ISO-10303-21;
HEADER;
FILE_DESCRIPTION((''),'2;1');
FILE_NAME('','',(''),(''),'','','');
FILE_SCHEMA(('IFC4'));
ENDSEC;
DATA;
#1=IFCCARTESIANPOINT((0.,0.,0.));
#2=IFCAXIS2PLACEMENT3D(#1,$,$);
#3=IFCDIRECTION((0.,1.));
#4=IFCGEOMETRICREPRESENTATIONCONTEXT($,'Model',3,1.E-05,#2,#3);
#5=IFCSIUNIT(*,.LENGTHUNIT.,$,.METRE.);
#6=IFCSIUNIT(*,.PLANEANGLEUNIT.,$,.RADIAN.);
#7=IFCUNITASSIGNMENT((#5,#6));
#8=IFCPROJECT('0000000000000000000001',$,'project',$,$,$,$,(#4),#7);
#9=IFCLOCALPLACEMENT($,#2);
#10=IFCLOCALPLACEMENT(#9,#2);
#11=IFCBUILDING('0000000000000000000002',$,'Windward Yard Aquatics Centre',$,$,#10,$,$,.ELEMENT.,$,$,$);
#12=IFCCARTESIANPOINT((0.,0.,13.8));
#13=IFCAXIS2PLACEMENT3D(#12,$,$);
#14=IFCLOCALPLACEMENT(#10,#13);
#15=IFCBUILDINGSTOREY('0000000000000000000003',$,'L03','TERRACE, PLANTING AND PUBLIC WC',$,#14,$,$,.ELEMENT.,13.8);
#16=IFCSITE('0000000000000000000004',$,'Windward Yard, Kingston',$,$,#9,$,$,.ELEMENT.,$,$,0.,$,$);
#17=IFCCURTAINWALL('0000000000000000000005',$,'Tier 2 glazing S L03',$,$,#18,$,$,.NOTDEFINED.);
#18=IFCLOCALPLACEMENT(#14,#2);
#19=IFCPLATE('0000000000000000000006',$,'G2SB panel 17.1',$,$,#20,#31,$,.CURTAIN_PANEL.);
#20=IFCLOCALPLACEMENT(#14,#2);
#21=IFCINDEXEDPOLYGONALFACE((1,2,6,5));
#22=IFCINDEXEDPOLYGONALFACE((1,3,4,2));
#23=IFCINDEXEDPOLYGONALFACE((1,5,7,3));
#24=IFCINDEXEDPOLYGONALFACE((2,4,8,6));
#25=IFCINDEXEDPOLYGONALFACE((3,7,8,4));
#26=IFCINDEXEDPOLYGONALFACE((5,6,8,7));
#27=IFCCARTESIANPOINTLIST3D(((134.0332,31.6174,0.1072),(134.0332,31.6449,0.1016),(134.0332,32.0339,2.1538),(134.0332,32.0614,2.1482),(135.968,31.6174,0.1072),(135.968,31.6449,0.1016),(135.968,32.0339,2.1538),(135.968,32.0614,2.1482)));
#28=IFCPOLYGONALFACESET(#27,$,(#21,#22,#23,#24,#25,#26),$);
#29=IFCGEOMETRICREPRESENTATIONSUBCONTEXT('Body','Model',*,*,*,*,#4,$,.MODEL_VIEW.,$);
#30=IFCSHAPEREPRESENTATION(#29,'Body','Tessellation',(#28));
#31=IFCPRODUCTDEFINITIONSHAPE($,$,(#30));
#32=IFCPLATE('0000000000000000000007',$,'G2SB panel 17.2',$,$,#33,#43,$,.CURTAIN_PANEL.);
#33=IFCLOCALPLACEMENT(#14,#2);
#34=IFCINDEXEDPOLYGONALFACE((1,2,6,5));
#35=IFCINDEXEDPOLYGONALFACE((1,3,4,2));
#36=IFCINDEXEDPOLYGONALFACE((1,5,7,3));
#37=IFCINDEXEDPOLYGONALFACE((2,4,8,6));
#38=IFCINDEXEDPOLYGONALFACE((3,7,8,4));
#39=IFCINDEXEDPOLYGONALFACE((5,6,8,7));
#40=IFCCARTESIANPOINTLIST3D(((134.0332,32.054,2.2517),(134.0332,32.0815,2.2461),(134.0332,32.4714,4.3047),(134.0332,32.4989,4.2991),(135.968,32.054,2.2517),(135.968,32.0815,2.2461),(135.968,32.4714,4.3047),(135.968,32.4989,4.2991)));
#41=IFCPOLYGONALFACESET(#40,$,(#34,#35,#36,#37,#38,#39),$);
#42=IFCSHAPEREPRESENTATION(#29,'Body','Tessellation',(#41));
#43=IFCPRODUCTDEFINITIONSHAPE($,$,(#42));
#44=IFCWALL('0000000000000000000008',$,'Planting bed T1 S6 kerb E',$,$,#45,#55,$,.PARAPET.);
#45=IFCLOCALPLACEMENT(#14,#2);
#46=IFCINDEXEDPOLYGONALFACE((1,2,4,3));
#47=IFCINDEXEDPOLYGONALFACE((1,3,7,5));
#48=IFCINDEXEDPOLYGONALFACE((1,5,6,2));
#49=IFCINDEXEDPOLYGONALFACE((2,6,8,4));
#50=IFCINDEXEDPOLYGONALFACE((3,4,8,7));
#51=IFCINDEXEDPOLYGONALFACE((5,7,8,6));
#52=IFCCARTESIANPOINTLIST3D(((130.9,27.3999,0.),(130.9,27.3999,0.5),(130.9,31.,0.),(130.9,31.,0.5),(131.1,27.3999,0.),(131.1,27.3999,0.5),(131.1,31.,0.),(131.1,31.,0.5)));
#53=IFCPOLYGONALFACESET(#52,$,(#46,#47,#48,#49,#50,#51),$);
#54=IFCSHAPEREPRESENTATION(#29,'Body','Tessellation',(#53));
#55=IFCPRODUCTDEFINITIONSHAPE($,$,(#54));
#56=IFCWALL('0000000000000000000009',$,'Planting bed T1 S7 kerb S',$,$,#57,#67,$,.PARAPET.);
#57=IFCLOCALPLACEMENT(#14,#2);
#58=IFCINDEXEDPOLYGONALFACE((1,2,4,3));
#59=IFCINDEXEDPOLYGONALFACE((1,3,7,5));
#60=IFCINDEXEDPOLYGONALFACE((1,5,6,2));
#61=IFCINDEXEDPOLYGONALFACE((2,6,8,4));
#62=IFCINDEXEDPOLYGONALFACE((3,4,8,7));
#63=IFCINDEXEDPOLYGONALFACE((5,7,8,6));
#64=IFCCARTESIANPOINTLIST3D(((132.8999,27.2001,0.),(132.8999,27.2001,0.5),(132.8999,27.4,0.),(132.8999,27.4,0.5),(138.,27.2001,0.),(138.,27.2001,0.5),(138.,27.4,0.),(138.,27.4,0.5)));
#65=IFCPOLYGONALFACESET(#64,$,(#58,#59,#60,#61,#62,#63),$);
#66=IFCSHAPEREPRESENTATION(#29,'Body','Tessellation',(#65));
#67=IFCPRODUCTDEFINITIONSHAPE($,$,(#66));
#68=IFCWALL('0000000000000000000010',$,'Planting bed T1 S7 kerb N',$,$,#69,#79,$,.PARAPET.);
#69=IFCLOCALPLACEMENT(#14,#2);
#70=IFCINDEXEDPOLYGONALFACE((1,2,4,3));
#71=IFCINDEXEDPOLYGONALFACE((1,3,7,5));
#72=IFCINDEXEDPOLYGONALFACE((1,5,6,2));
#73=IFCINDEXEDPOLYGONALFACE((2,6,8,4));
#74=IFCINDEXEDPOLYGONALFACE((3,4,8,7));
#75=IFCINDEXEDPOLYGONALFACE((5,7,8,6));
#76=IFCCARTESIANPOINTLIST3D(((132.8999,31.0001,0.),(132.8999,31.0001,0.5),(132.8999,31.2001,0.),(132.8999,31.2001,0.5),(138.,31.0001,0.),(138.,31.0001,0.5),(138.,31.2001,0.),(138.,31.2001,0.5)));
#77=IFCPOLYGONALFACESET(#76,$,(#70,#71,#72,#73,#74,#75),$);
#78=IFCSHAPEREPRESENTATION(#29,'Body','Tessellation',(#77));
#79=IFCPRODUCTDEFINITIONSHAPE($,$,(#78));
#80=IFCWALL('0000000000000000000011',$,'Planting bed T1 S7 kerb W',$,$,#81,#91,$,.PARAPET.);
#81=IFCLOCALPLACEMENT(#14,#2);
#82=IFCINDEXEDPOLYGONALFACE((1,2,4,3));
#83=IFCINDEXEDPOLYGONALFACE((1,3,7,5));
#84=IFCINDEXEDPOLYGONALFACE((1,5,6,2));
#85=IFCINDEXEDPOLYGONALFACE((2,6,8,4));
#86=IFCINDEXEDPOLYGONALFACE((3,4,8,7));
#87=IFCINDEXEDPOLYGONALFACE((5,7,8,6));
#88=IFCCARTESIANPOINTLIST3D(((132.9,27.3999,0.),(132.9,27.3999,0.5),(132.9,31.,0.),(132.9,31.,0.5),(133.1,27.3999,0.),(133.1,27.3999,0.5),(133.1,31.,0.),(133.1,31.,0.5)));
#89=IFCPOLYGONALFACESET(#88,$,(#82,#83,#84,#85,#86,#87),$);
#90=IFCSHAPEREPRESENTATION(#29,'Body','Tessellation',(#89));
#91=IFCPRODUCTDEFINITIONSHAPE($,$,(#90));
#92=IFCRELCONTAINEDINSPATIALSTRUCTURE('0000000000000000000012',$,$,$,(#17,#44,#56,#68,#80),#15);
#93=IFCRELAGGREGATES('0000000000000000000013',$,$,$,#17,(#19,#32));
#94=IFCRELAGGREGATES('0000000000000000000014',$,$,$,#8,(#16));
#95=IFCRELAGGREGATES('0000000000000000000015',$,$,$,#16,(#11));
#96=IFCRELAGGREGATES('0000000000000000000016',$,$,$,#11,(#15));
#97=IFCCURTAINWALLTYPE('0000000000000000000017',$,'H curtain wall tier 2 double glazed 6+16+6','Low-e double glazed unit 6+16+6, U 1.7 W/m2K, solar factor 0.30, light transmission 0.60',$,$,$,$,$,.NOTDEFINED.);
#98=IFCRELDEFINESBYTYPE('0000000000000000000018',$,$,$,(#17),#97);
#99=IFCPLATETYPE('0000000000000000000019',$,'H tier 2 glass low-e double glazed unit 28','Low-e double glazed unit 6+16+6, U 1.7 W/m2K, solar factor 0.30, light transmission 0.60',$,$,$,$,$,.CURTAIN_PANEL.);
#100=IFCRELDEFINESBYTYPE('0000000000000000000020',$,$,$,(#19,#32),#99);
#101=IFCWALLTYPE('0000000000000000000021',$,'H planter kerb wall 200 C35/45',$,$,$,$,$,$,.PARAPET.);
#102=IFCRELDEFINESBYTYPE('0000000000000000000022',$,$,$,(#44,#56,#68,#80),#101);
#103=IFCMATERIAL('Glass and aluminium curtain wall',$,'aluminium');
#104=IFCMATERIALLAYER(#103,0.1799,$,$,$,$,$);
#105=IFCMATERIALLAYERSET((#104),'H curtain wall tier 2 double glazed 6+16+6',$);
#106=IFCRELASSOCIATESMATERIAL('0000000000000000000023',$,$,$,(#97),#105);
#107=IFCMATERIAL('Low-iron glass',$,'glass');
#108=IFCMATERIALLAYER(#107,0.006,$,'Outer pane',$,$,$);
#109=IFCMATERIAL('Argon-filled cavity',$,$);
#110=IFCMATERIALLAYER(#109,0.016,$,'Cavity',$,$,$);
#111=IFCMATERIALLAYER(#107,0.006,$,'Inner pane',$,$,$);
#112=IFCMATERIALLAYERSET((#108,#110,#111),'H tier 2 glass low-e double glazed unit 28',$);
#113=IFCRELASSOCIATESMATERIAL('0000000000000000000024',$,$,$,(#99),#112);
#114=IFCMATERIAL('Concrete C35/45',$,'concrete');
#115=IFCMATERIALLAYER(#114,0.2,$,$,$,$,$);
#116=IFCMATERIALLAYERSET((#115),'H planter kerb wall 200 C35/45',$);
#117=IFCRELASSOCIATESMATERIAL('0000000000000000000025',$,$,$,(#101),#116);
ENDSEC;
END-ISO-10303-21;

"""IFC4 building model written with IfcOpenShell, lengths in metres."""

from ifc_helpers import new_model, si_unit, direction, frame, frame_2d, origin, place, context, subcontext, project, spatial, polyline, rectangle, outline, extrude, material, layer, layer_set, type_object, element, aggregate, save


model = new_model("IFC4")

# Units and contexts
model_context = context("Model", 3, precision=1e-05, world=origin(), true_north=direction((0.0, 1.0)))
body_context = subcontext(model_context, "Body", "Model", "MODEL_VIEW")
ifc_project = project(units=[si_unit("LENGTHUNIT", "METRE"), si_unit("PLANEANGLEUNIT", "RADIAN")], contexts=[model_context])

# Site, building, storey
site_placement = place(None, origin())
site = spatial("IfcSite", under=ifc_project, at=site_placement, Name="Windward Yard, Kingston", CompositionType="ELEMENT", RefElevation=0.0)
building_placement = place(site_placement, origin())
building = spatial("IfcBuilding", under=site, at=building_placement, Name="Windward Yard Aquatics Centre", CompositionType="ELEMENT")
storey_placement = place(building_placement, frame((0.0, 0.0, 13.8)))
storey = spatial("IfcBuildingStorey", under=building, at=storey_placement, Name="L03", Description="TERRACE, PLANTING AND PUBLIC WC", CompositionType="ELEMENT", Elevation=13.8)

# Curtain wall
ifc_material_1 = material(Name="Glass and aluminium curtain wall", Category="aluminium")
ifc_layer_1 = layer(ifc_material_1, 0.1799)
ifc_layer_set_1 = layer_set([ifc_layer_1], Name="H curtain wall tier 2 double glazed 6+16+6")
curtain_wall_type = type_object("IfcCurtainWallType", Name="H curtain wall tier 2 double glazed 6+16+6", Description="Low-e double glazed unit 6+16+6, U 1.7 W/m2K, solar factor 0.30, light transmission 0.60", PredefinedType="NOTDEFINED", material=ifc_layer_set_1)
curtain_wall_placement = place(storey_placement, origin())
curtain_wall = element("IfcCurtainWall", 1, at=curtain_wall_placement, inside=storey, type_object=curtain_wall_type, Name="Tier 2 glazing S L03", PredefinedType="NOTDEFINED")

# Plates
ifc_material_2 = material(Name="Low-iron glass", Category="glass")
ifc_layer_2 = layer(ifc_material_2, 0.006, Name="Outer pane")
ifc_material_3 = material(Name="Argon-filled cavity")
ifc_layer_3 = layer(ifc_material_3, 0.016, Name="Cavity")
ifc_layer_4 = layer(ifc_material_2, 0.006, Name="Inner pane")
ifc_layer_set_2 = layer_set([ifc_layer_2, ifc_layer_3, ifc_layer_4], Name="H tier 2 glass low-e double glazed unit 28")
plate_type = type_object("IfcPlateType", Name="H tier 2 glass low-e double glazed unit 28", Description="Low-e double glazed unit 6+16+6, U 1.7 W/m2K, solar factor 0.30, light transmission 0.60", PredefinedType="CURTAIN_PANEL", material=ifc_layer_set_2)
plate_1_placement = place(storey_placement, frame((134.0332, 31.6174, 0.1072), z_axis=(0.0, -0.979914, 0.199419), x_axis=(1.0, 0.0, 0.0)))
plate_1 = element("IfcPlate", 2, at=plate_1_placement, type_object=plate_type, Name="G2SB panel 17.1", PredefinedType="CURTAIN_PANEL", context=body_context, shape_type="SweptSolid", body=[
    extrude(outline(polyline([(0.0, 0.0), (1.9348, 0.0), (1.9348, 2.0886), (0.0, 2.0886), (0.0, 0.0)])), origin(), (0.0, 0.0, -1.0), 0.0281),
])
plate_2_placement = place(storey_placement, frame((134.0332, 32.054, 2.2517), z_axis=(0.0, -0.979944, 0.199275), x_axis=(1.0, 0.0, 0.0)))
plate_2 = element("IfcPlate", 3, at=plate_2_placement, type_object=plate_type, Name="G2SB panel 17.2", PredefinedType="CURTAIN_PANEL", context=body_context, shape_type="SweptSolid", body=[
    extrude(outline(polyline([(0.0, 0.0), (1.9348, 0.0), (1.9348, 2.095), (0.0, 2.095), (0.0, 0.0)])), origin(), (0.0, 0.0, -1.0), 0.0281),
])
aggregate(curtain_wall, [plate_1, plate_2])

# Walls
ifc_material_4 = material(Name="Concrete C35/45", Category="concrete")
ifc_layer_5 = layer(ifc_material_4, 0.2)
ifc_layer_set_3 = layer_set([ifc_layer_5], Name="H planter kerb wall 200 C35/45")
wall_type = type_object("IfcWallType", Name="H planter kerb wall 200 C35/45", PredefinedType="PARAPET", material=ifc_layer_set_3)
wall_1_placement = place(storey_placement, frame((131.0, 27.3999, 0.0), z_axis=(0.0, 0.0, 1.0), x_axis=(0.0, 1.0, 0.0)))
element("IfcWall", 4, at=wall_1_placement, inside=storey, type_object=wall_type, Name="Planting bed T1 S6 kerb E", PredefinedType="PARAPET", context=body_context, shape_type="SweptSolid", body=[
    extrude(rectangle(XDim=3.6001, YDim=0.2, at=frame_2d((1.8, 0.0))), origin(), (0.0, 0.0, 1.0), 0.5),
])
for number, where, z_axis, x_axis, name in (
    (5, (132.8999, 27.3, 0.0), (0.0, 0.0, 1.0), (1.0, 0.0, 0.0), "Planting bed T1 S7 kerb S"),
    (6, (132.8999, 31.1001, 0.0), (0.0, 0.0, 1.0), (1.0, 0.0, 0.0), "Planting bed T1 S7 kerb N"),
):
    element("IfcWall", number, at=place(storey_placement, frame(where, z_axis=z_axis, x_axis=x_axis)), inside=storey, type_object=wall_type, Name=name, PredefinedType="PARAPET", context=body_context, shape_type="SweptSolid", body=[
        extrude(rectangle(XDim=5.1001, YDim=0.2, at=frame_2d((2.55, 0.0))), origin(), (0.0, 0.0, 1.0), 0.5),
    ])
wall_2_placement = place(storey_placement, frame((133.0, 27.3999, 0.0), z_axis=(0.0, 0.0, 1.0), x_axis=(0.0, 1.0, 0.0)))
element("IfcWall", 7, at=wall_2_placement, inside=storey, type_object=wall_type, Name="Planting bed T1 S7 kerb W", PredefinedType="PARAPET", context=body_context, shape_type="SweptSolid", body=[
    extrude(rectangle(XDim=3.6001, YDim=0.2, at=frame_2d((1.8, 0.0))), origin(), (0.0, 0.0, 1.0), 0.5),
])

save(model, "model.ifc")
